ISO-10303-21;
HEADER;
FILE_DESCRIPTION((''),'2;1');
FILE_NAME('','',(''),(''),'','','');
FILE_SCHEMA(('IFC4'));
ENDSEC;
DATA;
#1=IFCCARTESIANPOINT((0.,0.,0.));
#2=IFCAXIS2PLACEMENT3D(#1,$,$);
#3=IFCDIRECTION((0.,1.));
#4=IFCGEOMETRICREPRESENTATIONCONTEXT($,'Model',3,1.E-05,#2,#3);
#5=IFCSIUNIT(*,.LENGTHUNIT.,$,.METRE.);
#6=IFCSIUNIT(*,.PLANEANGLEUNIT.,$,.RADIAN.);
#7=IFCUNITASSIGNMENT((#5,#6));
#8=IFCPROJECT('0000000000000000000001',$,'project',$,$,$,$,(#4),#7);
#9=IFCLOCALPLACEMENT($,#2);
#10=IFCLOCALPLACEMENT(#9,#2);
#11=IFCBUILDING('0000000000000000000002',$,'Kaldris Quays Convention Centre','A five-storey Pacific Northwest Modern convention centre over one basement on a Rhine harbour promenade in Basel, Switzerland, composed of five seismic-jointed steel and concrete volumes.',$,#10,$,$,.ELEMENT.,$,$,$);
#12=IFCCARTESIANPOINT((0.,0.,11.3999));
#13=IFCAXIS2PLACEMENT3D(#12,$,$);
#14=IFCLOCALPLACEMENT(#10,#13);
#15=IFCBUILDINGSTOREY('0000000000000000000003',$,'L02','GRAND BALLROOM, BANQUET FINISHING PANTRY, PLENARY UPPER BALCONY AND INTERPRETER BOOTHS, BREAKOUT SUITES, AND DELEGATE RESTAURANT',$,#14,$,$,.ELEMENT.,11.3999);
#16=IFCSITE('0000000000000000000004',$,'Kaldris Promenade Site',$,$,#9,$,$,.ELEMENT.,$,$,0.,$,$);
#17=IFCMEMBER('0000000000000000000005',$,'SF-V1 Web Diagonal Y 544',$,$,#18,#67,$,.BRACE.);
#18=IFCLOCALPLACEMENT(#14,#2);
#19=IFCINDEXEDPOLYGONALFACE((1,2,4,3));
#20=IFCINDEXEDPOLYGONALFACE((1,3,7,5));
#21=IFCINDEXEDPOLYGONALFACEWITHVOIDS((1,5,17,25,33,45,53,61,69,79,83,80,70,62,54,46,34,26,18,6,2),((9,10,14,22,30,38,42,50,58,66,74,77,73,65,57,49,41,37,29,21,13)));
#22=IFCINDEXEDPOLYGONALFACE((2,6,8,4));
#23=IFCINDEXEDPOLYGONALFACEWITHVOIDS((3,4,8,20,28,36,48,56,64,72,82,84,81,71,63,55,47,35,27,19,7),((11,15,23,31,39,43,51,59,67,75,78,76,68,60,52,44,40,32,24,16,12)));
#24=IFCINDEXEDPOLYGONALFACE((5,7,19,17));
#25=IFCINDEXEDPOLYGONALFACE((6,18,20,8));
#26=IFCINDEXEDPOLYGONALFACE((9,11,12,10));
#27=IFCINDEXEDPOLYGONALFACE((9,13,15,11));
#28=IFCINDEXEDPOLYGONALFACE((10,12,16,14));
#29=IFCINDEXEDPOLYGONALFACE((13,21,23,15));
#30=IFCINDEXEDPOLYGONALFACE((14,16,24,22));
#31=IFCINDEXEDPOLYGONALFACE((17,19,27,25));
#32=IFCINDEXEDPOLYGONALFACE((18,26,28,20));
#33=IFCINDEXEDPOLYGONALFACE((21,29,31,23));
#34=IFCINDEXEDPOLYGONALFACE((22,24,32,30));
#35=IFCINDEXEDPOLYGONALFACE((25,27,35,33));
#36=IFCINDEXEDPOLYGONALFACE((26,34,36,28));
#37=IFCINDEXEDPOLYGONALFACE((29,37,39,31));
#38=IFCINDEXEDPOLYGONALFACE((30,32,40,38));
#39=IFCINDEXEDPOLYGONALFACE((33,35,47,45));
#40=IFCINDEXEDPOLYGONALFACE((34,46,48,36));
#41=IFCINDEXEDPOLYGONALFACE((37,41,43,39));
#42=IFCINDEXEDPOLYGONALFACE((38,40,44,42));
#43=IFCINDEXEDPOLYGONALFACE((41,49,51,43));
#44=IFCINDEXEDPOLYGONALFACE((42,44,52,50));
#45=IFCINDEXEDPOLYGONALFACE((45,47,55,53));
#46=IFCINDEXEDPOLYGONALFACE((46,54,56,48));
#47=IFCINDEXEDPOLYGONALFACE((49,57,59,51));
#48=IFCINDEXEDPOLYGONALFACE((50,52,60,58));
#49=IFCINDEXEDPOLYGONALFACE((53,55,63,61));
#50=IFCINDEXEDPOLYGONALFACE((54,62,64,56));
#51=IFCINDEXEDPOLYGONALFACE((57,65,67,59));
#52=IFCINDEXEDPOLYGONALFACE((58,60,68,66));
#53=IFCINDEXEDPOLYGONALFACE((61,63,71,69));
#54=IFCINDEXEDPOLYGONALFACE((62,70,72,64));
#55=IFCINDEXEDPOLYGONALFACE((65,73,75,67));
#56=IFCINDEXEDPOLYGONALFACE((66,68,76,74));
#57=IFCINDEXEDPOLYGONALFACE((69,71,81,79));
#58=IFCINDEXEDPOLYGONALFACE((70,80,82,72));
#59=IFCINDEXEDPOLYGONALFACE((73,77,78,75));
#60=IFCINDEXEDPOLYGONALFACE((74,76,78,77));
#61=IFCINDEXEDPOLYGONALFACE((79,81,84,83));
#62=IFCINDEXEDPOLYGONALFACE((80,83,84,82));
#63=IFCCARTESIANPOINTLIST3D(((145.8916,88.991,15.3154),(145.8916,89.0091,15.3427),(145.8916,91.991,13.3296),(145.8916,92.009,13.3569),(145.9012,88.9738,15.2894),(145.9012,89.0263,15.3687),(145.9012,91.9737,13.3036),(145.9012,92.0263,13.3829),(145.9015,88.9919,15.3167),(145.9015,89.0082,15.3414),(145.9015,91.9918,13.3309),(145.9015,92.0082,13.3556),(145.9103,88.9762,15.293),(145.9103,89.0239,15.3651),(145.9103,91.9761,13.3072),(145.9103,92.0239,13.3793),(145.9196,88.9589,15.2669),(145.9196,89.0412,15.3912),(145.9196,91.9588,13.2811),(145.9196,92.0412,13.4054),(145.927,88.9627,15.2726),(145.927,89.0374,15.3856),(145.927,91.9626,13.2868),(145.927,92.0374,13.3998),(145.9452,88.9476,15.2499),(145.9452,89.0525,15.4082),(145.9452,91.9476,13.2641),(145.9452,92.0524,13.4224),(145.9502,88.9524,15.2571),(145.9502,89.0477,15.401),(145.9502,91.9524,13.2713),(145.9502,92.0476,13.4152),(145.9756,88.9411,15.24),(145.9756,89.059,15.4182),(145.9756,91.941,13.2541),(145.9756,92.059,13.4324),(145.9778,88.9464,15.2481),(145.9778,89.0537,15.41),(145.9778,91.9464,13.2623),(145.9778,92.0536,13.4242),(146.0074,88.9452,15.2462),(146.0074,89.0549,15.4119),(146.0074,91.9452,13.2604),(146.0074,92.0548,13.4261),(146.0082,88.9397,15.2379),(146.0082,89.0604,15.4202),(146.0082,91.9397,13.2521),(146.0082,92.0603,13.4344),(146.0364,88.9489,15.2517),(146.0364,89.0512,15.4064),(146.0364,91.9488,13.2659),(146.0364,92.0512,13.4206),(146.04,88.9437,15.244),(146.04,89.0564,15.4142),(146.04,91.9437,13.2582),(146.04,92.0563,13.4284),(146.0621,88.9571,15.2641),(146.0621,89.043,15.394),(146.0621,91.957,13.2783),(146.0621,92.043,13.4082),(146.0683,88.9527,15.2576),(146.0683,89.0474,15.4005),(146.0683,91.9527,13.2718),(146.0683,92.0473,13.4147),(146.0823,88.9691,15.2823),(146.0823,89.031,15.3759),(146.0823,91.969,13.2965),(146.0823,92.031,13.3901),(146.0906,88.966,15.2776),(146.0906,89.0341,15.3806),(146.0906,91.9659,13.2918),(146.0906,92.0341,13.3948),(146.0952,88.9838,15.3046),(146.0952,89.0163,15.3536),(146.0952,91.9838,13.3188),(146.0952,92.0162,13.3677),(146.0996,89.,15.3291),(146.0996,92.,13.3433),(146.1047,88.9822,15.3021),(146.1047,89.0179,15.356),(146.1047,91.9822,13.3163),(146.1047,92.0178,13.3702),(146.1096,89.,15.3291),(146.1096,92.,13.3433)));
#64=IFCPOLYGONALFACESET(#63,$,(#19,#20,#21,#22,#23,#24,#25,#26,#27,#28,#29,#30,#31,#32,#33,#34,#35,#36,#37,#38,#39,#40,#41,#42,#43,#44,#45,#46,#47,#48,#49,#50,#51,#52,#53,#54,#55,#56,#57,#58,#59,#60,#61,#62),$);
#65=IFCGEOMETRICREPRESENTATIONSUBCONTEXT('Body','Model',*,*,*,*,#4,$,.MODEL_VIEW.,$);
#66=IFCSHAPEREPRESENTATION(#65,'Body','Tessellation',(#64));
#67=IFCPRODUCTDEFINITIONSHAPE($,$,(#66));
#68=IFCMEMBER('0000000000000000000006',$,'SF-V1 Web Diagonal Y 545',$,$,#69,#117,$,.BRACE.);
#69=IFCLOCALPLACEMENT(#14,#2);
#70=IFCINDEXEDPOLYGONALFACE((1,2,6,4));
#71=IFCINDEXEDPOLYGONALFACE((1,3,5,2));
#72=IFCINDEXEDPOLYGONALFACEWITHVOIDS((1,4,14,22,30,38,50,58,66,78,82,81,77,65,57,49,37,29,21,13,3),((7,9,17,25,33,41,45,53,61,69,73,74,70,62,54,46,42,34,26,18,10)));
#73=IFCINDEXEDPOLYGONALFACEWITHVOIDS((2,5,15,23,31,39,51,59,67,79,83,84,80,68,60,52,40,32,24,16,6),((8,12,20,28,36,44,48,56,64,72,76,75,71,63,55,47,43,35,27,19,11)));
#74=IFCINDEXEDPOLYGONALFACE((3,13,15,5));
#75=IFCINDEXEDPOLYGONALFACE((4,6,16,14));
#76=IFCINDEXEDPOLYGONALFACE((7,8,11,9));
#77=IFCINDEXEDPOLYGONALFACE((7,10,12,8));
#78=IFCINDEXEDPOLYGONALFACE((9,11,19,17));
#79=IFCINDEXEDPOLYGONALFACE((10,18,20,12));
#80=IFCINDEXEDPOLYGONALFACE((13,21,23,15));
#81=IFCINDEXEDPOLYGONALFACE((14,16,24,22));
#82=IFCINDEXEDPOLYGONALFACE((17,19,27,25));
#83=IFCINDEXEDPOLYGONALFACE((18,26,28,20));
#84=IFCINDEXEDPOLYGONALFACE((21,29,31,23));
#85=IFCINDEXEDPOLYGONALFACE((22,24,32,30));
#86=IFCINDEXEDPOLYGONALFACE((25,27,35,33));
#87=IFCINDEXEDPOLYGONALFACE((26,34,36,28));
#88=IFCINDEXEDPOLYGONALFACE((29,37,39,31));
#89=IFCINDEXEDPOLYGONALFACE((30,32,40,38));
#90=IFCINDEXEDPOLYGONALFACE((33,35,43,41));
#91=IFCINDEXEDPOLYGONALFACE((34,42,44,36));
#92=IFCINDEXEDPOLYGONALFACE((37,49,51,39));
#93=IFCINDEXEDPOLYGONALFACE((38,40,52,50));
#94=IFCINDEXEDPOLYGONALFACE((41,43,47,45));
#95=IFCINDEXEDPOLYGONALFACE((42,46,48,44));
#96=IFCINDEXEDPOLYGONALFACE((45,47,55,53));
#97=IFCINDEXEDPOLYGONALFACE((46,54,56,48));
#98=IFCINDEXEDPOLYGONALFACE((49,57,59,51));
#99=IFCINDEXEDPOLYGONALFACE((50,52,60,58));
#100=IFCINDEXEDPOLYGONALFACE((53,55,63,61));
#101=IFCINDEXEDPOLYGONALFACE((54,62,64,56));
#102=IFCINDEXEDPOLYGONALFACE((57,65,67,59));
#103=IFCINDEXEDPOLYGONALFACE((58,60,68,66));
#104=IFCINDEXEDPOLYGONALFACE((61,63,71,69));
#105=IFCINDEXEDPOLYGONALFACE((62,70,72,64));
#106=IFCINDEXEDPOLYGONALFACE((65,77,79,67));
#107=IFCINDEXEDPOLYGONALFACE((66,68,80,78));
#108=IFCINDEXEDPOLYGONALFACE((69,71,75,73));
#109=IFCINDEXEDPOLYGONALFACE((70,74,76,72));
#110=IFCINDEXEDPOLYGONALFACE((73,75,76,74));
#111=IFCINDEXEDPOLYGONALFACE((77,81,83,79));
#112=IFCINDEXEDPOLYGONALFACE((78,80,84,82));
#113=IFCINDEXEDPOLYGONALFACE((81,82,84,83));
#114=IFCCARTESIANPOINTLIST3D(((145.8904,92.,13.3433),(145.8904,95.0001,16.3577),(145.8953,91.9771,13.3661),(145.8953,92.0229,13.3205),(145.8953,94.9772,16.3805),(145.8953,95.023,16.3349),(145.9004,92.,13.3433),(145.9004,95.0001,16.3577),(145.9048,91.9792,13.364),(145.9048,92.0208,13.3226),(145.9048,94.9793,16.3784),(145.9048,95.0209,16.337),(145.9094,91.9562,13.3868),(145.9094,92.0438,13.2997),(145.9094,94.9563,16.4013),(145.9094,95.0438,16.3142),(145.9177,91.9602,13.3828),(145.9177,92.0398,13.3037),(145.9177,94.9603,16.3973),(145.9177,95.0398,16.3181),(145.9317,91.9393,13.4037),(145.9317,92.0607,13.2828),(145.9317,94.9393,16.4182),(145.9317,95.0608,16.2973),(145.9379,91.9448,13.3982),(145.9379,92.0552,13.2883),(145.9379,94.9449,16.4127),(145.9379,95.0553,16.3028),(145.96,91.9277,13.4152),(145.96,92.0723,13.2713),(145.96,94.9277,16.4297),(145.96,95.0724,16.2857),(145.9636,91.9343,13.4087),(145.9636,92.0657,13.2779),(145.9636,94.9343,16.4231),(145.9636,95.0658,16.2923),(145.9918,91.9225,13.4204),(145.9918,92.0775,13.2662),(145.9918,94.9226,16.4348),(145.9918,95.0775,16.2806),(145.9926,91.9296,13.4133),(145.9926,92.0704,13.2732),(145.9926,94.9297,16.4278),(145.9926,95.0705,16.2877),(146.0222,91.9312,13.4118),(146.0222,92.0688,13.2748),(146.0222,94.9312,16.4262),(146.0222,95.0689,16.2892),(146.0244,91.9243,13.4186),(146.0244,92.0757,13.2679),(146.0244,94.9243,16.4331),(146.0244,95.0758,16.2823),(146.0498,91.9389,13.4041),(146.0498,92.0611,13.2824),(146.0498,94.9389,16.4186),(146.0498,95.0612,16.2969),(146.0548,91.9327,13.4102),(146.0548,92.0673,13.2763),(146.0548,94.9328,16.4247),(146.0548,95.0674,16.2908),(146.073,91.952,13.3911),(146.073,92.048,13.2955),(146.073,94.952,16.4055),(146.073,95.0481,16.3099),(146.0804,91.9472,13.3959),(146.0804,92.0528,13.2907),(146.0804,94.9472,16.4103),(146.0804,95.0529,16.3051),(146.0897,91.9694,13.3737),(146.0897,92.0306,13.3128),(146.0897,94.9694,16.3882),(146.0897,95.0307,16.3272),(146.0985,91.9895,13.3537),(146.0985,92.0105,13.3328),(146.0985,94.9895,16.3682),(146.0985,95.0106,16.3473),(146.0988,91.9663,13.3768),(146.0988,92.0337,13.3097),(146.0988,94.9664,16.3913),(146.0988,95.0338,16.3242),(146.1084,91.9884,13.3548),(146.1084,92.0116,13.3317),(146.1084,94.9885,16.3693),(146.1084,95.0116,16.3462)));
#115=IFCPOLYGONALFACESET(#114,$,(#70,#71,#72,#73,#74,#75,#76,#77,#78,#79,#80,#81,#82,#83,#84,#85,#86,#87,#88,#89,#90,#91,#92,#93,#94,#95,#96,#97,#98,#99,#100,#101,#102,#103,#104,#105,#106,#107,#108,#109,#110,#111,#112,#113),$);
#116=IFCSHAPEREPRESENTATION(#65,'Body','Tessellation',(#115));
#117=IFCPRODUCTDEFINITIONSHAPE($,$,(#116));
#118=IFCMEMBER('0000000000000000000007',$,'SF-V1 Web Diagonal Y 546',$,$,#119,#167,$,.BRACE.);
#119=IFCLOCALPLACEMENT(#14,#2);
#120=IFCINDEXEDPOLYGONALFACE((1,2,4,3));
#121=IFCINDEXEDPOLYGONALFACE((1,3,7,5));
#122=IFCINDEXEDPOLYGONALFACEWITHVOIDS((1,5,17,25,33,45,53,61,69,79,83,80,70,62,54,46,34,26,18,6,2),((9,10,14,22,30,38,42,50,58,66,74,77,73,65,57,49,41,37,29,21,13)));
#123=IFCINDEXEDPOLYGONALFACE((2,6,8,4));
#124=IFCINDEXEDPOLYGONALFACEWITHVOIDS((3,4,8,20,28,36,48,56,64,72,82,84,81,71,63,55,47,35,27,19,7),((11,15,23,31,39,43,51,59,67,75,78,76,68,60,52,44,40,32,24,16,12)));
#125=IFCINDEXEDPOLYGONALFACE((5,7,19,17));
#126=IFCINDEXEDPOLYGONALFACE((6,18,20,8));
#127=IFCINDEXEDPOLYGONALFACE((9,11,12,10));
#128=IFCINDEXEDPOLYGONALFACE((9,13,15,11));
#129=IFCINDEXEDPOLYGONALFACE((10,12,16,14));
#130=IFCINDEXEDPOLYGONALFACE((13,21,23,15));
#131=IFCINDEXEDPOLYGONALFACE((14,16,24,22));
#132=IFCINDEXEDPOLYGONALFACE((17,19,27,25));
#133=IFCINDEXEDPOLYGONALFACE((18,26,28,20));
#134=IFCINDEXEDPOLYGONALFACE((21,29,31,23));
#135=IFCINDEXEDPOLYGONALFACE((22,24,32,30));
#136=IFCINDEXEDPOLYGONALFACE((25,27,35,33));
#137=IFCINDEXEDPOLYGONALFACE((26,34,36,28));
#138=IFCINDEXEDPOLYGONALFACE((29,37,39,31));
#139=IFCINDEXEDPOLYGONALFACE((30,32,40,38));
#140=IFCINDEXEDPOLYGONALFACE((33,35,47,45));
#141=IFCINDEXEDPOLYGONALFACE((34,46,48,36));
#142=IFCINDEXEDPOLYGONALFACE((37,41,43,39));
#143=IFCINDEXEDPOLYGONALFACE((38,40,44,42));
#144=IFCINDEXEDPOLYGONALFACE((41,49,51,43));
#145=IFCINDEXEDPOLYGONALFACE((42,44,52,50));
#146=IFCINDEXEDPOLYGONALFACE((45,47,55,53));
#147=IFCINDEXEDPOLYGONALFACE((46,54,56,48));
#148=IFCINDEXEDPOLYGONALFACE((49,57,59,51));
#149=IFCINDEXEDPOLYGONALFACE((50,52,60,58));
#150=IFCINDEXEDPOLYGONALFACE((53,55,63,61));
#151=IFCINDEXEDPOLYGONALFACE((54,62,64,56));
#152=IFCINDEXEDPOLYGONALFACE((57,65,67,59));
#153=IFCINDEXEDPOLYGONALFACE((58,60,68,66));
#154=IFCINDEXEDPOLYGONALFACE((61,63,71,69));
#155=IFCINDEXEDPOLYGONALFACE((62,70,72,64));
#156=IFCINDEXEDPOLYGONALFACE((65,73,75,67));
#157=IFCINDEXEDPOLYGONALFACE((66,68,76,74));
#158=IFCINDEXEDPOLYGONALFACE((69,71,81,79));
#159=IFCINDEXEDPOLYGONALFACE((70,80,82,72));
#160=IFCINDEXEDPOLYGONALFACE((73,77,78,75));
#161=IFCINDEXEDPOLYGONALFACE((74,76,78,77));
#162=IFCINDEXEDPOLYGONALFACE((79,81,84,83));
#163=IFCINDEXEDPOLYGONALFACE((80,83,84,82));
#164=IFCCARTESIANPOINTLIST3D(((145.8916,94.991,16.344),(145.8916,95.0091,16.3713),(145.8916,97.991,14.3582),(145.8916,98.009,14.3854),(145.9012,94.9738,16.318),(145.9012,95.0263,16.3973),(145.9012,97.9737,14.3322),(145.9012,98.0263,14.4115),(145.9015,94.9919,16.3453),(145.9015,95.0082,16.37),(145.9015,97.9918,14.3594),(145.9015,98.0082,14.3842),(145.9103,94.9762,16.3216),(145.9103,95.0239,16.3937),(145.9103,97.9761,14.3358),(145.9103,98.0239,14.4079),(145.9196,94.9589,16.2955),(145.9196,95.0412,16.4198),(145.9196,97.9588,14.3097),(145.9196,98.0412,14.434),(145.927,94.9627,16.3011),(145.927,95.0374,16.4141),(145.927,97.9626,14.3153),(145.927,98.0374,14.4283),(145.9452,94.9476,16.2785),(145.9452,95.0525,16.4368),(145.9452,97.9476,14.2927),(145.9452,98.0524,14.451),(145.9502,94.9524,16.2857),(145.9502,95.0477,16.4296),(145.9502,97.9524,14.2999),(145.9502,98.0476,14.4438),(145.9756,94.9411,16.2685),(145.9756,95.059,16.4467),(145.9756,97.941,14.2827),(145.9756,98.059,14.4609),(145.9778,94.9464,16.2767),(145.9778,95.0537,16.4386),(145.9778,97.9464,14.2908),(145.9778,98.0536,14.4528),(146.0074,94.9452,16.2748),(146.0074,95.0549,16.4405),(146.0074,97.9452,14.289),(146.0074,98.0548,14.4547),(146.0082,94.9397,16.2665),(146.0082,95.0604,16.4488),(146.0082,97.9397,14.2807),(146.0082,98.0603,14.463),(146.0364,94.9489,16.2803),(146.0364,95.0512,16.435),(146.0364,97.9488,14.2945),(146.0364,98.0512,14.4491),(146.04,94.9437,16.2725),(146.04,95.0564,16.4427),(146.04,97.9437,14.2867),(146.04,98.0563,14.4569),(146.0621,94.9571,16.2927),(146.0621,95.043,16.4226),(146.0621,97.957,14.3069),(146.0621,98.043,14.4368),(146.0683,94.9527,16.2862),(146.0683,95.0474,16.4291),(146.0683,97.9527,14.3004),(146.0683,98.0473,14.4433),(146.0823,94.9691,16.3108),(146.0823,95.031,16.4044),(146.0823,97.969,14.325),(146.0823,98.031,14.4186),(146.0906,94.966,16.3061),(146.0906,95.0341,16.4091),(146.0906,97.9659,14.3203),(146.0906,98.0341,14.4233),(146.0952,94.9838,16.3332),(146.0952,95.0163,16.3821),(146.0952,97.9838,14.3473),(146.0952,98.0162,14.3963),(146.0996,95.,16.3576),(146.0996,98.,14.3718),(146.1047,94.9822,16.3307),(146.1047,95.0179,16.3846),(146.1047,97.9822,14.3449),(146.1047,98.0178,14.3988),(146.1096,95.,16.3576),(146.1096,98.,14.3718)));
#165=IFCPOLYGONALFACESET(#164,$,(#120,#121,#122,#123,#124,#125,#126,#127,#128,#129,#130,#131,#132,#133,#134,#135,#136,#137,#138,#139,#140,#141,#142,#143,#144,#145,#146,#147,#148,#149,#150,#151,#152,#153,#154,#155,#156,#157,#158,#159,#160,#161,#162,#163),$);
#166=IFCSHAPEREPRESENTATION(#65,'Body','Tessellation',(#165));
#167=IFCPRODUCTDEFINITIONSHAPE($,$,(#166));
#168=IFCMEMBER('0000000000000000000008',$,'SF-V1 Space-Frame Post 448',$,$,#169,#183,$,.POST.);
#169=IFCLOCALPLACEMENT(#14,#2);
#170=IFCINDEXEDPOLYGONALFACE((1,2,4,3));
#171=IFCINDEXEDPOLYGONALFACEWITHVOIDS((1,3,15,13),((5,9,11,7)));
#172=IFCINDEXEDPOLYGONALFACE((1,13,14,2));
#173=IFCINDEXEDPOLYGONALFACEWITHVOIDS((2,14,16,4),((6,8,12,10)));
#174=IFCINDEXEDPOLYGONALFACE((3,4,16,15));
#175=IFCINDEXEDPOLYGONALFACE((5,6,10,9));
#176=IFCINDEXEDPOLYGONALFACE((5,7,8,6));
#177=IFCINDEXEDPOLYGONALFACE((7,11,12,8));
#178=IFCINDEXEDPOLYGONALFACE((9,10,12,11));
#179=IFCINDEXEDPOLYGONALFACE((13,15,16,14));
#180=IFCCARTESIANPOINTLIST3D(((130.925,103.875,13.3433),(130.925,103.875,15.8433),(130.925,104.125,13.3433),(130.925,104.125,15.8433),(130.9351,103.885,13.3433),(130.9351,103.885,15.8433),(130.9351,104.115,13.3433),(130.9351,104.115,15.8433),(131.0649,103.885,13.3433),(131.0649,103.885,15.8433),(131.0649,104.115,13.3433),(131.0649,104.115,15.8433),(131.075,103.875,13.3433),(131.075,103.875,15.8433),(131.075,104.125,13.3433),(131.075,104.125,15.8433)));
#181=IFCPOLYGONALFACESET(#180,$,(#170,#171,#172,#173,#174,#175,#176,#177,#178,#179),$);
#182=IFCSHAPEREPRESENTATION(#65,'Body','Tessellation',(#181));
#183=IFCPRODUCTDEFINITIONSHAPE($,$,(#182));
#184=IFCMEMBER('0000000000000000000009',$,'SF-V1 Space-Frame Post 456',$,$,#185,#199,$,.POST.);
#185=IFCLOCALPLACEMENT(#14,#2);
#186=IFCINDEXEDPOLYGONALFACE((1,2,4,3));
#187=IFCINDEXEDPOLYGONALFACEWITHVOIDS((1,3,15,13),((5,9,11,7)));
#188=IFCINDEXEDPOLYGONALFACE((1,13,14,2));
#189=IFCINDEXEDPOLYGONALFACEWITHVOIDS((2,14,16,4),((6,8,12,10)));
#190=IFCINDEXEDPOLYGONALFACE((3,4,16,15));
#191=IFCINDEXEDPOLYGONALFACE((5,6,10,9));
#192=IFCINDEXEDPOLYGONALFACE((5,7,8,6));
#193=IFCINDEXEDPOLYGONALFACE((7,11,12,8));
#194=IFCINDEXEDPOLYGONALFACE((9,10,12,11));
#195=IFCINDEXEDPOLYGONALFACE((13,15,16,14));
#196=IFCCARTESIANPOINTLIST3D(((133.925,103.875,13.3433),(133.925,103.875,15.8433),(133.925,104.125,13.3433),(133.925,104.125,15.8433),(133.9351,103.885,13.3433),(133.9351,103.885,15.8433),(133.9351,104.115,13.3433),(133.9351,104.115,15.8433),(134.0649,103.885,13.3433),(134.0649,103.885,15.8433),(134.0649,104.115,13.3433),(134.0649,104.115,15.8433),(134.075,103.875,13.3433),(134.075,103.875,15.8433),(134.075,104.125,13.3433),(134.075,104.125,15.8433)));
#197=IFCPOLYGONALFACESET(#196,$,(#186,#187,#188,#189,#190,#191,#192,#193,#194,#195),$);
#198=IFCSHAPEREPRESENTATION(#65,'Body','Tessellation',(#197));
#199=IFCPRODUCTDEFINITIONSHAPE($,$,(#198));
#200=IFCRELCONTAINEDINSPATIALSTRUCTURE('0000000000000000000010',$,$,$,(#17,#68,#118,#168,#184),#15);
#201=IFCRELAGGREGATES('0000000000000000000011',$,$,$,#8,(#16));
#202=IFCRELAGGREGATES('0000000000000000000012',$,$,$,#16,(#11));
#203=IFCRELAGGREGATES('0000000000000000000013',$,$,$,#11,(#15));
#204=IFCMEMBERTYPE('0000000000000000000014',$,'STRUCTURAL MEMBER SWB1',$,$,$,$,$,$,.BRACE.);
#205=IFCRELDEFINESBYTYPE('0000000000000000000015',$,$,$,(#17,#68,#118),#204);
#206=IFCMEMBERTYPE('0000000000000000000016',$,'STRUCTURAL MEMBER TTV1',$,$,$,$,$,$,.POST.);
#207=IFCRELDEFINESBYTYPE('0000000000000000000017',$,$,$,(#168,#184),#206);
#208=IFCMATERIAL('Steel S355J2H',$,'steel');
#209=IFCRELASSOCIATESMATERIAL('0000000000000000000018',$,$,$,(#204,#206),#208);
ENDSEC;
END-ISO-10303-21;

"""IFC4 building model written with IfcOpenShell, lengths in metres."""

from ifc_helpers import new_model, si_unit, direction, frame, origin, origin_2d, place, context, subcontext, project, spatial, hollow_rectangle, hollow_circle, extrude, material, material_profile, profile_set, type_object, element, save


model = new_model("IFC4")

# Units and contexts
model_context = context("Model", 3, precision=1e-05, world=origin(), true_north=direction((0.0, 1.0)))
body_context = subcontext(model_context, "Body", "Model", "MODEL_VIEW")
ifc_project = project(units=[si_unit("LENGTHUNIT", "METRE"), si_unit("PLANEANGLEUNIT", "RADIAN")], contexts=[model_context])

# Site, building, storey
site_placement = place(None, origin())
site = spatial("IfcSite", under=ifc_project, at=site_placement, Name="Kaldris Promenade Site", CompositionType="ELEMENT", RefElevation=0.0)
building_placement = place(site_placement, origin())
building = spatial("IfcBuilding", under=site, at=building_placement, Name="Kaldris Quays Convention Centre", Description="A five-storey Pacific Northwest Modern convention centre over one basement on a Rhine harbour promenade in Basel, Switzerland, composed of five seismic-jointed steel and concrete volumes.", CompositionType="ELEMENT")
storey_placement = place(building_placement, frame((0.0, 0.0, 11.3999)))
storey = spatial("IfcBuildingStorey", under=building, at=storey_placement, Name="L02", Description="GRAND BALLROOM, BANQUET FINISHING PANTRY, PLENARY UPPER BALCONY AND INTERPRETER BOOTHS, BREAKOUT SUITES, AND DELEGATE RESTAURANT", CompositionType="ELEMENT", Elevation=11.3999)

# Members
ifc_material_1 = material(Name="Steel S355J2H", Category="steel")
ifc_material_profile_1 = material_profile(ifc_material_1, hollow_circle(Radius=0.1096, WallThickness=0.01, at=origin_2d()), Name="CHS 219.1x10")
ifc_profile_set_1 = profile_set([ifc_material_profile_1], Name="Steel S355J2H")
member_type_1 = type_object("IfcMemberType", Name="STRUCTURAL MEMBER SWB1", PredefinedType="BRACE", material=ifc_profile_set_1)
member_1_placement = place(storey_placement, frame((146.0, 92.0, 13.3433), z_axis=(0.0, -0.833862, 0.551972), x_axis=(1.0, 0.0, 0.0)))
element("IfcMember", 1, at=member_1_placement, inside=storey, type_object=member_type_1, Name="SF-V1 Web Diagonal Y 544", PredefinedType="BRACE", context=body_context, shape_type="SweptSolid", body=[
    extrude(hollow_circle(Radius=0.1096, WallThickness=0.01, at=origin_2d()), origin(), (0.0, 0.0, 1.0), 3.5977),
])
member_2_placement = place(storey_placement, frame((146.0, 92.0, 13.3433), z_axis=(0.0, 0.705411, 0.708798), x_axis=(-1.0, 0.0, 0.0)))
element("IfcMember", 2, at=member_2_placement, inside=storey, type_object=member_type_1, Name="SF-V1 Web Diagonal Y 545", PredefinedType="BRACE", context=body_context, shape_type="SweptSolid", body=[
    extrude(hollow_circle(Radius=0.1096, WallThickness=0.01, at=origin_2d()), origin(), (0.0, 0.0, 1.0), 4.2529),
])
member_3_placement = place(storey_placement, frame((146.0, 98.0, 14.3718), z_axis=(0.0, -0.833862, 0.551972), x_axis=(1.0, 0.0, 0.0)))
element("IfcMember", 3, at=member_3_placement, inside=storey, type_object=member_type_1, Name="SF-V1 Web Diagonal Y 546", PredefinedType="BRACE", context=body_context, shape_type="SweptSolid", body=[
    extrude(hollow_circle(Radius=0.1096, WallThickness=0.01, at=origin_2d()), origin(), (0.0, 0.0, 1.0), 3.5977),
])
ifc_material_profile_2 = material_profile(ifc_material_1, hollow_rectangle(XDim=0.1499, YDim=0.25, WallThickness=0.01, at=origin_2d()), Name="RHS 250x150x10")
ifc_profile_set_2 = profile_set([ifc_material_profile_2], Name="Steel S355J2H")
member_type_2 = type_object("IfcMemberType", Name="STRUCTURAL MEMBER TTV1", PredefinedType="POST", material=ifc_profile_set_2)
for number, where, z_axis, x_axis, name in (
    (4, (131.0, 104.0, 13.3433), (0.0, 0.0, 1.0), (1.0, 0.0, 0.0), "SF-V1 Space-Frame Post 448"),
    (5, (134.0, 104.0, 13.3433), (0.0, 0.0, 1.0), (1.0, 0.0, 0.0), "SF-V1 Space-Frame Post 456"),
):
    element("IfcMember", number, at=place(storey_placement, frame(where, z_axis=z_axis, x_axis=x_axis)), inside=storey, type_object=member_type_2, Name=name, PredefinedType="POST", context=body_context, shape_type="SweptSolid", body=[
        extrude(hollow_rectangle(XDim=0.1499, YDim=0.25, WallThickness=0.01, at=origin_2d()), origin(), (0.0, 0.0, 1.0), 2.5),
    ])

save(model, "model.ifc")
